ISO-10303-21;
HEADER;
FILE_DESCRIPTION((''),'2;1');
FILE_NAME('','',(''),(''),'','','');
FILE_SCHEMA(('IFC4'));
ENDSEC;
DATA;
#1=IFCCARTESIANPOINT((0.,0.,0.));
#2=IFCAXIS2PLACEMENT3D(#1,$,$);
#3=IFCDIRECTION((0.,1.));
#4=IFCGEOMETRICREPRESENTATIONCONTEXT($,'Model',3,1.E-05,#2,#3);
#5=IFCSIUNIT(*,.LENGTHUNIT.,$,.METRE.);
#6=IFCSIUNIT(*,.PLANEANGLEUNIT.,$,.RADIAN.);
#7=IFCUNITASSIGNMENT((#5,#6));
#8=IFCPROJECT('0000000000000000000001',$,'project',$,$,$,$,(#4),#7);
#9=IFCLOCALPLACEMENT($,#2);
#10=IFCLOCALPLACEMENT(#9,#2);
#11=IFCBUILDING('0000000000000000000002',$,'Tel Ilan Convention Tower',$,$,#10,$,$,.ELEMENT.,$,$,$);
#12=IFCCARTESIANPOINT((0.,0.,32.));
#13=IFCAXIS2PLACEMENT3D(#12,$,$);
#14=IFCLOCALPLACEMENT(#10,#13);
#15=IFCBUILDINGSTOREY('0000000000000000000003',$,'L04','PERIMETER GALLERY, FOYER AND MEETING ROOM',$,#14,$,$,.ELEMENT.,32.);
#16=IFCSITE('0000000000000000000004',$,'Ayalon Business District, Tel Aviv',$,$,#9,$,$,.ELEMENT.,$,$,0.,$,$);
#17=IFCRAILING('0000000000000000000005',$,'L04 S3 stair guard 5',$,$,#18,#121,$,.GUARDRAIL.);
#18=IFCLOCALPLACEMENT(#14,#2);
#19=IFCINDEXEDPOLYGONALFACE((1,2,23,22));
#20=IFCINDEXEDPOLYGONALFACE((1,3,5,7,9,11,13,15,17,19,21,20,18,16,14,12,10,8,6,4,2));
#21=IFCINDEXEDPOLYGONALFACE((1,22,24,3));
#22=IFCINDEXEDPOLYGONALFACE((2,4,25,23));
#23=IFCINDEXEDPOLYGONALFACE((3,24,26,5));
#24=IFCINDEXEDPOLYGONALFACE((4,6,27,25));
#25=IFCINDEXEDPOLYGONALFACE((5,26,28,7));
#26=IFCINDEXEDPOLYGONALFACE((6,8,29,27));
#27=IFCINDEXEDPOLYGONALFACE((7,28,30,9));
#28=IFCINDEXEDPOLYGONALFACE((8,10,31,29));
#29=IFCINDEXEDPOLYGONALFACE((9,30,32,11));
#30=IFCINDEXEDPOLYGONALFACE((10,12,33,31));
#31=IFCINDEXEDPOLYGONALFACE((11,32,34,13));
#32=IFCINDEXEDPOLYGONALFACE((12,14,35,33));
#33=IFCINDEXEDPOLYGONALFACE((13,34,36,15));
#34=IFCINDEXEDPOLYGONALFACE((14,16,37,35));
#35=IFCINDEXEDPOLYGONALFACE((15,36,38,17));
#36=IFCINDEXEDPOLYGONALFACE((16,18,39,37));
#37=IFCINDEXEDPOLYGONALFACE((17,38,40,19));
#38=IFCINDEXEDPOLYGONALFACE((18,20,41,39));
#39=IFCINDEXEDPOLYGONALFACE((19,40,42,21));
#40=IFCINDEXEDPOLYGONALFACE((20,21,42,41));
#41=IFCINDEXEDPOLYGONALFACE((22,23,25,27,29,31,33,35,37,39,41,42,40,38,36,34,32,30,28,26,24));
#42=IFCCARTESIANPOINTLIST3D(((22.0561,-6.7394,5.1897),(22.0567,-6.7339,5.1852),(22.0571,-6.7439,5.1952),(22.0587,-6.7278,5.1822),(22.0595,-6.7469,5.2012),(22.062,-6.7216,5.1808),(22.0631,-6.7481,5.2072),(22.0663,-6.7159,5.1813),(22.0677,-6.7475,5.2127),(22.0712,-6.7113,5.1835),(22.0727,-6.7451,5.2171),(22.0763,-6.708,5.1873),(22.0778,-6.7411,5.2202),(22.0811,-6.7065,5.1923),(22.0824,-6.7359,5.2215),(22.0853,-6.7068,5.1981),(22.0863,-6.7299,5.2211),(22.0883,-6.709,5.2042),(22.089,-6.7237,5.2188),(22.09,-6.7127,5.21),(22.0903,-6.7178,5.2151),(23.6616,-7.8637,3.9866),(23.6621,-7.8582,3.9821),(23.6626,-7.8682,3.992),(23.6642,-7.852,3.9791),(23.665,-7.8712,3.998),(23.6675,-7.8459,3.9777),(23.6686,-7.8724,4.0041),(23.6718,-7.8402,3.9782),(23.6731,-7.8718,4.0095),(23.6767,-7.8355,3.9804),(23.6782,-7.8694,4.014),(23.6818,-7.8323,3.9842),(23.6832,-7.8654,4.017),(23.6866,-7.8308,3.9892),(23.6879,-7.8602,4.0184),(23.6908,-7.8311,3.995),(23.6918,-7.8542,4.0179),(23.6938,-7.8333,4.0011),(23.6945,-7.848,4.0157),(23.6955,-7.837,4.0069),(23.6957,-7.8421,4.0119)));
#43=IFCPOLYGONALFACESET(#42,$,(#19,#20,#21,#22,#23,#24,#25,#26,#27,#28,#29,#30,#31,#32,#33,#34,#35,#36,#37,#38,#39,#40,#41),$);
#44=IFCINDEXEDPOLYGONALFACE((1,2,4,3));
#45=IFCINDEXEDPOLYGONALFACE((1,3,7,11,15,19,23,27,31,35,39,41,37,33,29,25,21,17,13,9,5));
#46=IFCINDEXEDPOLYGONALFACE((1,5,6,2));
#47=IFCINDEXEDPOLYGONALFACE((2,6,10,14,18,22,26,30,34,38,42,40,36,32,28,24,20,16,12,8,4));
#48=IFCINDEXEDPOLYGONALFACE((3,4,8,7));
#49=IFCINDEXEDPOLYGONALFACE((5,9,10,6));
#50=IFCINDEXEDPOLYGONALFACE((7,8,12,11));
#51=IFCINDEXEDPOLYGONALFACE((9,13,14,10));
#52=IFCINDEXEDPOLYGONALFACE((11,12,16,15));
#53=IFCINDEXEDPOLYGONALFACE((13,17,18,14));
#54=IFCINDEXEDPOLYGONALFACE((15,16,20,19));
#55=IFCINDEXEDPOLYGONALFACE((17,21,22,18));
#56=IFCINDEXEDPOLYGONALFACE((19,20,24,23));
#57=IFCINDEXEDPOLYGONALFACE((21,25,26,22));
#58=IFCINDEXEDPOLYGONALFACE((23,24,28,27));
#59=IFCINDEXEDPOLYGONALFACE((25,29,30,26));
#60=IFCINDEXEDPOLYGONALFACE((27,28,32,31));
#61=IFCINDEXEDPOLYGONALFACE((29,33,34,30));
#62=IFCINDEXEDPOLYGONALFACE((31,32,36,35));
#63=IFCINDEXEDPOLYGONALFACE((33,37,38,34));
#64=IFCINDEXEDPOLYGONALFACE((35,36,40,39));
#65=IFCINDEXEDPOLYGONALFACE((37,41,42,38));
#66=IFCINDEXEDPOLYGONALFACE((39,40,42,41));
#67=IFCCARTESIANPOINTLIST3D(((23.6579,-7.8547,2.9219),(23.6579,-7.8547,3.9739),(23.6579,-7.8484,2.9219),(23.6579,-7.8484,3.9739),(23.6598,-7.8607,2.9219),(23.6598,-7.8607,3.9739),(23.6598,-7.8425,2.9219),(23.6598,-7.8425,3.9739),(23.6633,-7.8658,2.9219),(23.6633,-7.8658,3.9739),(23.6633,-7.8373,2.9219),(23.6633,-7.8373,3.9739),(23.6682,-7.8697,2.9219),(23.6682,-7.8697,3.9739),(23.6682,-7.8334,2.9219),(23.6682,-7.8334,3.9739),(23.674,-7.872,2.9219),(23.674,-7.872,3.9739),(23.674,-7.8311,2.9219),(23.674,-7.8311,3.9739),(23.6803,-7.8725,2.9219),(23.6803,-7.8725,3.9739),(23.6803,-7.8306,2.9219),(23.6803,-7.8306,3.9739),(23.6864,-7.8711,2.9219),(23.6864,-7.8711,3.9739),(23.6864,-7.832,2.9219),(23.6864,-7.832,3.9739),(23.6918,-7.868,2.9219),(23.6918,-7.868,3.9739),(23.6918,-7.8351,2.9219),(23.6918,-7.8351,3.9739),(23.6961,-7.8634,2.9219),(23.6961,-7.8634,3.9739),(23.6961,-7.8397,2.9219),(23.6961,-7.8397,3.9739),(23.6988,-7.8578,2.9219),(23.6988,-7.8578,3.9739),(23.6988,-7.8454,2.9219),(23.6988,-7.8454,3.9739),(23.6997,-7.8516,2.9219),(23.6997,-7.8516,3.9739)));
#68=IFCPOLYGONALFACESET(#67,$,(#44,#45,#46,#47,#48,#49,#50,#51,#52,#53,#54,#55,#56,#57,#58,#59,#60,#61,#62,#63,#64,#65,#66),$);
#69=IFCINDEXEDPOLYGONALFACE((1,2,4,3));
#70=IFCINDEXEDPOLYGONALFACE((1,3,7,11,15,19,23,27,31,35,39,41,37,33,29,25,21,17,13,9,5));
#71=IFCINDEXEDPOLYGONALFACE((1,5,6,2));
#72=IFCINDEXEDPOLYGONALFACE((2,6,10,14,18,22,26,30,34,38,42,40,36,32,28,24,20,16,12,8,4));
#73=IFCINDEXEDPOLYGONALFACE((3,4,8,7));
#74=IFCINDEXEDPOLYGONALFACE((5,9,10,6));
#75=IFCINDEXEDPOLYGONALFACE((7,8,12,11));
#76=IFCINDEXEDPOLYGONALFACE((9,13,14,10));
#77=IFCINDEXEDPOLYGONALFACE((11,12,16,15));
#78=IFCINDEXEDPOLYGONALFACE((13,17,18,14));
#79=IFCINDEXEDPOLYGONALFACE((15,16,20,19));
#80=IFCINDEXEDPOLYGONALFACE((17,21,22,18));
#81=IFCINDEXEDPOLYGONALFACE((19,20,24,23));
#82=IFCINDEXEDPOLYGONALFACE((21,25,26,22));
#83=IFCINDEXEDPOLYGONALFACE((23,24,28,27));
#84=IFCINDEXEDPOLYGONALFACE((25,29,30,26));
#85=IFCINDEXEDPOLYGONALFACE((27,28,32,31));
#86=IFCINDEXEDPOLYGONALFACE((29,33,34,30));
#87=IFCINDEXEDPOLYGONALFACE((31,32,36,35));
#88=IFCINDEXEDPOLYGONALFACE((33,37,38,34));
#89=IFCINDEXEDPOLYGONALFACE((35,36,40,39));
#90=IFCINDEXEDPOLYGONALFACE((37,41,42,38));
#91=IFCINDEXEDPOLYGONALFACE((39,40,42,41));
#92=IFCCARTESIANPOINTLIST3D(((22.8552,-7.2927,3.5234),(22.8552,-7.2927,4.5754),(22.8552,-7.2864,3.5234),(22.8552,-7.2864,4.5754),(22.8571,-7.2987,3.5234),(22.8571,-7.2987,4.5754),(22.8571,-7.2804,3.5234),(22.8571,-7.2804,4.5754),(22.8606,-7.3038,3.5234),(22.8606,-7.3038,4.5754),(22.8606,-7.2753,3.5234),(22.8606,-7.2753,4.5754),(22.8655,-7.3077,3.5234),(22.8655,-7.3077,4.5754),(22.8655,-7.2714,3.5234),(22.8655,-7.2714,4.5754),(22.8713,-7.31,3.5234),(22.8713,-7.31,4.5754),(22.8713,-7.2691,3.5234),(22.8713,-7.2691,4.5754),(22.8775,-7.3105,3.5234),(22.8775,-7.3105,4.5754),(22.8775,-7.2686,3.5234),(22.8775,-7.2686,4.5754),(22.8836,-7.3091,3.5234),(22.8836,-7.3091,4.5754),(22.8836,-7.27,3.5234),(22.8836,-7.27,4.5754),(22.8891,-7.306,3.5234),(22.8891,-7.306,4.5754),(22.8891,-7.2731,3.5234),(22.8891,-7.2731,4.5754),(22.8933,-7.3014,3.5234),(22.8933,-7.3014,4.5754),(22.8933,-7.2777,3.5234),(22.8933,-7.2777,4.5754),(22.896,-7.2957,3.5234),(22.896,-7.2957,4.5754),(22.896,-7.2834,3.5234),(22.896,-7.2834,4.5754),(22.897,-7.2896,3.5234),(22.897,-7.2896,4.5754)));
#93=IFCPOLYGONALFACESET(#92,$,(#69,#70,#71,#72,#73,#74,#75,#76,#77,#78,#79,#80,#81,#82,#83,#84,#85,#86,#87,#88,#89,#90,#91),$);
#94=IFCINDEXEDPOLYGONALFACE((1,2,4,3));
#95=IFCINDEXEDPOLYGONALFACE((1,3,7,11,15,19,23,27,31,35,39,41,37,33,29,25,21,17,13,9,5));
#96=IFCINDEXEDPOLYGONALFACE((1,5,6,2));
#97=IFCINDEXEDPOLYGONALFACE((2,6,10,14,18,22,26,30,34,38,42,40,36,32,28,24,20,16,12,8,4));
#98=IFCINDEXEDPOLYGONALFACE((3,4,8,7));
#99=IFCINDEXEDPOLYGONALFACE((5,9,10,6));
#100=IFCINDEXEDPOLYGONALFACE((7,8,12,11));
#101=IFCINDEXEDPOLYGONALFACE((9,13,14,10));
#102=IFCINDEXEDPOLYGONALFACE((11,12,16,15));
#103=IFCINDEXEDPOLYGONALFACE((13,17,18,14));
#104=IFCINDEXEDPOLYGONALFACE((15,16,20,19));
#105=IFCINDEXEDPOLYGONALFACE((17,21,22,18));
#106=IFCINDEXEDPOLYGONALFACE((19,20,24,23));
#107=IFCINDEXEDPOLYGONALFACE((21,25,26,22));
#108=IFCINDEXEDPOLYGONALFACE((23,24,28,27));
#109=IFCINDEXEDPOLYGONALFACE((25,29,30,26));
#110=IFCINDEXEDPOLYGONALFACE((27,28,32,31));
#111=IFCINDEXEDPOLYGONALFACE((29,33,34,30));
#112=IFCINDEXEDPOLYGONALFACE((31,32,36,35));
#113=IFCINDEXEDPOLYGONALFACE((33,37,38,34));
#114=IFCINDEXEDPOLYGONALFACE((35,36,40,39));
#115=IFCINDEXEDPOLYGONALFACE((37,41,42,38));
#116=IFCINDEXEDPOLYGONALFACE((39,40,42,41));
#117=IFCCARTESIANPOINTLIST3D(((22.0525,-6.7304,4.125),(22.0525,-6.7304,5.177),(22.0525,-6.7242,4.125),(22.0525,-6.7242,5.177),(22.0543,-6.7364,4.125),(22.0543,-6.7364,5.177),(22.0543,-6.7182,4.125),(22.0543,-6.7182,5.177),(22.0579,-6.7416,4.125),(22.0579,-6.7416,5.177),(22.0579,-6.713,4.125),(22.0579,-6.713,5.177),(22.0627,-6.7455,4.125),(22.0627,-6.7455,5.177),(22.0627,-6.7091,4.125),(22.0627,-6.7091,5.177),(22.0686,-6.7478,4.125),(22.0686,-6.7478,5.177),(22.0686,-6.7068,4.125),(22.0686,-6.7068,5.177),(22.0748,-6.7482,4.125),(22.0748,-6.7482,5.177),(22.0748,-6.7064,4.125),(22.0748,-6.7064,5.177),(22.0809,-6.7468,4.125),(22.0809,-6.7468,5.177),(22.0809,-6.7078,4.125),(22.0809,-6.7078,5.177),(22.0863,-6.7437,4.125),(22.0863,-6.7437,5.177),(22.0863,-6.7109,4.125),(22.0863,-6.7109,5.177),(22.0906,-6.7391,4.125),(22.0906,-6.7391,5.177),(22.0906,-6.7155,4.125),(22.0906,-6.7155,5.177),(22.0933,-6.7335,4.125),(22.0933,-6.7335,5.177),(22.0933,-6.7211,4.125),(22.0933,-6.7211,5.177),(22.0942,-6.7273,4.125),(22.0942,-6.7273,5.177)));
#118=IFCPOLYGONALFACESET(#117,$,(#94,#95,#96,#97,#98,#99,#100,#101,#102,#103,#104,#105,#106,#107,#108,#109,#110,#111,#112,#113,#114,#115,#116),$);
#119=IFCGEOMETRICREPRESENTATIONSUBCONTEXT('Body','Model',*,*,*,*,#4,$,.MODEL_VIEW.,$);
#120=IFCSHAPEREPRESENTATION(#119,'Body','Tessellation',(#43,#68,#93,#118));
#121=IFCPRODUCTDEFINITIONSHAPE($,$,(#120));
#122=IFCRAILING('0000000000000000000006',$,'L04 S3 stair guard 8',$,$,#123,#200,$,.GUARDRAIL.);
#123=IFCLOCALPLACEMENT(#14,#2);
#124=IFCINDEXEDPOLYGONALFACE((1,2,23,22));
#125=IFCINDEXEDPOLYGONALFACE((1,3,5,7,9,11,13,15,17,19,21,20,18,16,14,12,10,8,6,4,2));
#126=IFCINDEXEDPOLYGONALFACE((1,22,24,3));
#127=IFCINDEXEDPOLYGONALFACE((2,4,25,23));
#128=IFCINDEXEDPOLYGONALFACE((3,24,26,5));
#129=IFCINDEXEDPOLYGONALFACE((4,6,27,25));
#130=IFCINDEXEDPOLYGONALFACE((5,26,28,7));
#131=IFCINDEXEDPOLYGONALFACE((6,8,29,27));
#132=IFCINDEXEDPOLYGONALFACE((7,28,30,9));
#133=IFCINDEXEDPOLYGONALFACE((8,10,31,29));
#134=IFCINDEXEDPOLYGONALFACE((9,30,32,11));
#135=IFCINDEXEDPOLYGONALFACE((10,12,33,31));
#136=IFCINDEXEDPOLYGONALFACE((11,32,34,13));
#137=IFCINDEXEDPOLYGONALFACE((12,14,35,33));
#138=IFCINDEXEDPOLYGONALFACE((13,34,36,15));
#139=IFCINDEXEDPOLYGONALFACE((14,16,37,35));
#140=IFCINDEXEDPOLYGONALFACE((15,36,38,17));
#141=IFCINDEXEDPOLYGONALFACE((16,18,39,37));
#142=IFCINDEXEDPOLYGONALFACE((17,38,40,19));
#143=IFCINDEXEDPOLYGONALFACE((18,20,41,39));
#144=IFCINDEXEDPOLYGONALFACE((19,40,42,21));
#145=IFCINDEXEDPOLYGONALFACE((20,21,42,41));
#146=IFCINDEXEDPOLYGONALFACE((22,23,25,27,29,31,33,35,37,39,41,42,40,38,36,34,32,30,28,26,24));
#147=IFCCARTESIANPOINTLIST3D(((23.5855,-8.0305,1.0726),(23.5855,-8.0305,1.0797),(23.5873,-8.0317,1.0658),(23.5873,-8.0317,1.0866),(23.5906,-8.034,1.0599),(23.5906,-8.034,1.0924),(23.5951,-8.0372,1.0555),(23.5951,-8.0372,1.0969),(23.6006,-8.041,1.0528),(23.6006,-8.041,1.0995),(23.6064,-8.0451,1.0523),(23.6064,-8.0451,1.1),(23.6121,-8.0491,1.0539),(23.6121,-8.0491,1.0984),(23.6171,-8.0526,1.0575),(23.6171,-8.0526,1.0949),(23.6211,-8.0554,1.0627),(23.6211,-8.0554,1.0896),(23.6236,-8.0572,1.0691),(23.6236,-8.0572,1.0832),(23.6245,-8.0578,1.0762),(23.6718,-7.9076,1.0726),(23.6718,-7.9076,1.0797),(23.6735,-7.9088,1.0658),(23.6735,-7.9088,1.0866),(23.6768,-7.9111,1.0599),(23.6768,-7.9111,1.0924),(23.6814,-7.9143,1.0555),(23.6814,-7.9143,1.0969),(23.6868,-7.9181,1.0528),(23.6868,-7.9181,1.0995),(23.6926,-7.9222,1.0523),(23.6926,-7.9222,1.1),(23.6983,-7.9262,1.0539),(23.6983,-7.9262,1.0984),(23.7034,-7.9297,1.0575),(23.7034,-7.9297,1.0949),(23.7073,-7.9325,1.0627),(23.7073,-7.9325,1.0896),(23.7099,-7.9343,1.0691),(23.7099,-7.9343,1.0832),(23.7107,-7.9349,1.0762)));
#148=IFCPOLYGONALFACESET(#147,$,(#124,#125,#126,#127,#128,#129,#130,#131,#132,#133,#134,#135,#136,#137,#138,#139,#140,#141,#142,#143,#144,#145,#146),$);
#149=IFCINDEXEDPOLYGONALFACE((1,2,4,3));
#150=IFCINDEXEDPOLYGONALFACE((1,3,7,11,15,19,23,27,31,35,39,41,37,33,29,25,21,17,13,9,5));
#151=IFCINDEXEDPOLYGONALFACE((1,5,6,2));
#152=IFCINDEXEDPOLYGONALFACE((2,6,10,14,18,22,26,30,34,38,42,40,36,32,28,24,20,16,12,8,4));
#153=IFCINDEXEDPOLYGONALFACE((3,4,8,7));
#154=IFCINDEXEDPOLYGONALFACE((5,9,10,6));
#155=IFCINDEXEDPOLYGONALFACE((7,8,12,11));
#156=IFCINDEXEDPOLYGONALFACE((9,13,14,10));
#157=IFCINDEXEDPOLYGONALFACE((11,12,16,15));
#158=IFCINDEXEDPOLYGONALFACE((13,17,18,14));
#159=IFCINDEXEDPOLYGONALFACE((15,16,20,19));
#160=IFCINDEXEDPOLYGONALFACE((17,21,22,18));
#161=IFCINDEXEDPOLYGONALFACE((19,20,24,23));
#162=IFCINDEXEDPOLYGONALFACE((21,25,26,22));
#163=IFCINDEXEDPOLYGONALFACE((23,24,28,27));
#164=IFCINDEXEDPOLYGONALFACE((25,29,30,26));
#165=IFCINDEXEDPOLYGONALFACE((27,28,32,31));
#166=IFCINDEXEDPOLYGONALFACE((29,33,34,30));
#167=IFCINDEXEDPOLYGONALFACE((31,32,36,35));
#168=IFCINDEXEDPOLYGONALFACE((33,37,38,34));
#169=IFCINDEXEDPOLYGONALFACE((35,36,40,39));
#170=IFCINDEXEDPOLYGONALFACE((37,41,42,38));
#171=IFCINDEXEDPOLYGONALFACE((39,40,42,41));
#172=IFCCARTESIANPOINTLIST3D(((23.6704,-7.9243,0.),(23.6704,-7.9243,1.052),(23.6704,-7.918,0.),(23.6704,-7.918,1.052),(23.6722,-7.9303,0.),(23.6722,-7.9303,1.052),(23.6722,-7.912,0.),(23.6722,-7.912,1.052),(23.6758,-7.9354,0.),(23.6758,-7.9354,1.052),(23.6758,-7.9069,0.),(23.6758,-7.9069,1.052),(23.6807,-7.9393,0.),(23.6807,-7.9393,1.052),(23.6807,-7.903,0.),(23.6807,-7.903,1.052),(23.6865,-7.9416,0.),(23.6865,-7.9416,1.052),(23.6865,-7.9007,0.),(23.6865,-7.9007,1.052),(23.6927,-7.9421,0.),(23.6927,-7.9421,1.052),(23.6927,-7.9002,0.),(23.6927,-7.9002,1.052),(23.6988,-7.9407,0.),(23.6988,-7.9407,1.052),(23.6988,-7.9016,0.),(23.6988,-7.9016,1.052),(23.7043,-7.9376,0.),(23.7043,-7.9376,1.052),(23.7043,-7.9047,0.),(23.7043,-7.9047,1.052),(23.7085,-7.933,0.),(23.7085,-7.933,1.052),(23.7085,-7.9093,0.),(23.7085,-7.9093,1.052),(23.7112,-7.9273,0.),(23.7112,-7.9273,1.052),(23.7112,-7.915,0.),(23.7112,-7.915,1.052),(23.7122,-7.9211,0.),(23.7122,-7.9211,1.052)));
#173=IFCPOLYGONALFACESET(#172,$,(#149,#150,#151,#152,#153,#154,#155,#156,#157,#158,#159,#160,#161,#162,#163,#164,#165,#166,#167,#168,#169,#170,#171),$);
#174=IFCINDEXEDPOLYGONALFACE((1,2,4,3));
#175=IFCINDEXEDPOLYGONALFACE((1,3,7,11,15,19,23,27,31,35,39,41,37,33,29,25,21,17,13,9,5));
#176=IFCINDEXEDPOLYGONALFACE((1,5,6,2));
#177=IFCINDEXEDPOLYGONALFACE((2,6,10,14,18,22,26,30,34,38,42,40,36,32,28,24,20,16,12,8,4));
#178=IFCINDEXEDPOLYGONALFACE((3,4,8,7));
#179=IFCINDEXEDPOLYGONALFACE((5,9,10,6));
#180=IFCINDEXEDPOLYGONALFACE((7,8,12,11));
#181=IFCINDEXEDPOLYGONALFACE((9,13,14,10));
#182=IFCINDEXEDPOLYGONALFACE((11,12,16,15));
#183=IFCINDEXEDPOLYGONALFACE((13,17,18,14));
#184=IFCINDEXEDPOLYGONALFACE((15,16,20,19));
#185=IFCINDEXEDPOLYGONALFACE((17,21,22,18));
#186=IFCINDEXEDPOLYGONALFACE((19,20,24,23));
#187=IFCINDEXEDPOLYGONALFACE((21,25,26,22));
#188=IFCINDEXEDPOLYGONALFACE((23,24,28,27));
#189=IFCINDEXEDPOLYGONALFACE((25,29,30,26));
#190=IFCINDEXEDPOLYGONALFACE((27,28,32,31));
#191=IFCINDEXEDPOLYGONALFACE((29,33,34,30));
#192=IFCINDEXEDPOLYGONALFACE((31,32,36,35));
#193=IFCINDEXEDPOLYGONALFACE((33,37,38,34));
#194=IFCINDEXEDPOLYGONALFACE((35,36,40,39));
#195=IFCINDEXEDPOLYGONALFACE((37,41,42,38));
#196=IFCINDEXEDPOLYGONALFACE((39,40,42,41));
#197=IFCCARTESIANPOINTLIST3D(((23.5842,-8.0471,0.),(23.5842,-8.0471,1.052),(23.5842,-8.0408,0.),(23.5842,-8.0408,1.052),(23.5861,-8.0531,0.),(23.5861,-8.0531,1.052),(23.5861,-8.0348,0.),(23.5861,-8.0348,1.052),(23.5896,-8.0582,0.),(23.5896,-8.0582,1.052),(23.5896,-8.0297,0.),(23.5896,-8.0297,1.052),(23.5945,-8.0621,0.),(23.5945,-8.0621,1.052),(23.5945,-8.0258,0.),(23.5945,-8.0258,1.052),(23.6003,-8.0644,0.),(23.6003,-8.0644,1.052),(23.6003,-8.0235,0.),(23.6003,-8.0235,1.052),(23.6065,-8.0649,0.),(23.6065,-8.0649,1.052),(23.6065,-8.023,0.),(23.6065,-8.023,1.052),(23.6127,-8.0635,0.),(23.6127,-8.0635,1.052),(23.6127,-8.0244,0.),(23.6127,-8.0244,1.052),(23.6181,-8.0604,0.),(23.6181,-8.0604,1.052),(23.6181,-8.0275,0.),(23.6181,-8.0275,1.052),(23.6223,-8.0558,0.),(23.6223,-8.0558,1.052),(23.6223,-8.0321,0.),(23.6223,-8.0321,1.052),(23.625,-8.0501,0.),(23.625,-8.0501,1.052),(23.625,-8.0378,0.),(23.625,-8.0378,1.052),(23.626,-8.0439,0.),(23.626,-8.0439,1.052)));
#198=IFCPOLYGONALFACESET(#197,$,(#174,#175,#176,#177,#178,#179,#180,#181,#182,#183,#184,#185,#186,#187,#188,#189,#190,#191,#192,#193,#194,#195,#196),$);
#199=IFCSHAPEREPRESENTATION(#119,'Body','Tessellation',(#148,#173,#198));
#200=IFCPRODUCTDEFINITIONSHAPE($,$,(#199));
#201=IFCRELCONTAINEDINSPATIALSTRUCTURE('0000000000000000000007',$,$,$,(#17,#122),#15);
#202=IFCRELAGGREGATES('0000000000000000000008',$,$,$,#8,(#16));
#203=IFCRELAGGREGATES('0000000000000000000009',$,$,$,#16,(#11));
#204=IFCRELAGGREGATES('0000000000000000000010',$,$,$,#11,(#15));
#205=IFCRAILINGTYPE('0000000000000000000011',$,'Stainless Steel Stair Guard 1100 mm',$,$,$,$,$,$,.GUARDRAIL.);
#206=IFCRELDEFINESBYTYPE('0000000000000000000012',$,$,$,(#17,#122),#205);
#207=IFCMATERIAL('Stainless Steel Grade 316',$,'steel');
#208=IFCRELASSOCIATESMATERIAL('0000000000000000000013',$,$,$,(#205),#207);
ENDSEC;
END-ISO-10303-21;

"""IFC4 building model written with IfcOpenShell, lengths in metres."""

from ifc_helpers import new_model, si_unit, direction, frame, origin, origin_2d, place, context, subcontext, project, spatial, circle, extrude, material, type_object, element, save


model = new_model("IFC4")

# Units and contexts
model_context = context("Model", 3, precision=1e-05, world=origin(), true_north=direction((0.0, 1.0)))
body_context = subcontext(model_context, "Body", "Model", "MODEL_VIEW")
ifc_project = project(units=[si_unit("LENGTHUNIT", "METRE"), si_unit("PLANEANGLEUNIT", "RADIAN")], contexts=[model_context])

# Site, building, storey
site_placement = place(None, origin())
site = spatial("IfcSite", under=ifc_project, at=site_placement, Name="Ayalon Business District, Tel Aviv", CompositionType="ELEMENT", RefElevation=0.0)
building_placement = place(site_placement, origin())
building = spatial("IfcBuilding", under=site, at=building_placement, Name="Tel Ilan Convention Tower", CompositionType="ELEMENT")
storey_placement = place(building_placement, frame((0.0, 0.0, 32.0)))
storey = spatial("IfcBuildingStorey", under=building, at=storey_placement, Name="L04", Description="PERIMETER GALLERY, FOYER AND MEETING ROOM", CompositionType="ELEMENT", Elevation=32.0)

# Railings
ifc_material_1 = material(Name="Stainless Steel Grade 316", Category="steel")
railing_type_1 = type_object("IfcRailingType", Name="Stainless Steel Stair Guard 1100 mm", PredefinedType="GUARDRAIL", material=ifc_material_1)
railing_1_placement = place(storey_placement, frame((23.6787, -7.8516, 2.9219)))
element("IfcRailing", 1, at=railing_1_placement, inside=storey, type_object=railing_type_1, Name="L04 S3 stair guard 5", PredefinedType="GUARDRAIL", context=body_context, shape_type="SweptSolid", body=[
    extrude(circle(Radius=0.0239, at=origin_2d()), frame((0.0, 0.0, 1.0762), z_axis=(-0.698095, 0.488857, 0.523146), x_axis=(-0.573613, -0.819127, 0.0)), (0.0, 0.0, 1.0), 2.2998),
    extrude(circle(Radius=0.021, at=origin_2d()), origin(), (0.0, 0.0, 1.0), 1.052),
    extrude(circle(Radius=0.021, at=origin_2d()), frame((-0.8027, 0.562, 0.6016)), (0.0, 0.0, 1.0), 1.052),
    extrude(circle(Radius=0.021, at=origin_2d()), frame((-1.6055, 1.1243, 1.2031)), (0.0, 0.0, 1.0), 1.052),
])
railing_2_placement = place(storey_placement, frame((23.6912, -7.9211, 0.0)))
element("IfcRailing", 2, at=railing_2_placement, inside=storey, type_object=railing_type_1, Name="L04 S3 stair guard 8", PredefinedType="GUARDRAIL", context=body_context, shape_type="SweptSolid", body=[
    extrude(circle(Radius=0.0239, at=origin_2d()), frame((0.0, 0.0, 1.0762), z_axis=(-0.574445, -0.818543, 0.0), x_axis=(0.818543, -0.574445, 0.0)), (0.0, 0.0, 1.0), 0.1501),
    extrude(circle(Radius=0.021, at=origin_2d()), origin(), (0.0, 0.0, 1.0), 1.052),
    extrude(circle(Radius=0.021, at=origin_2d()), frame((-0.0862, -0.1228, 0.0)), (0.0, 0.0, 1.0), 1.052),
])

save(model, "model.ifc")
